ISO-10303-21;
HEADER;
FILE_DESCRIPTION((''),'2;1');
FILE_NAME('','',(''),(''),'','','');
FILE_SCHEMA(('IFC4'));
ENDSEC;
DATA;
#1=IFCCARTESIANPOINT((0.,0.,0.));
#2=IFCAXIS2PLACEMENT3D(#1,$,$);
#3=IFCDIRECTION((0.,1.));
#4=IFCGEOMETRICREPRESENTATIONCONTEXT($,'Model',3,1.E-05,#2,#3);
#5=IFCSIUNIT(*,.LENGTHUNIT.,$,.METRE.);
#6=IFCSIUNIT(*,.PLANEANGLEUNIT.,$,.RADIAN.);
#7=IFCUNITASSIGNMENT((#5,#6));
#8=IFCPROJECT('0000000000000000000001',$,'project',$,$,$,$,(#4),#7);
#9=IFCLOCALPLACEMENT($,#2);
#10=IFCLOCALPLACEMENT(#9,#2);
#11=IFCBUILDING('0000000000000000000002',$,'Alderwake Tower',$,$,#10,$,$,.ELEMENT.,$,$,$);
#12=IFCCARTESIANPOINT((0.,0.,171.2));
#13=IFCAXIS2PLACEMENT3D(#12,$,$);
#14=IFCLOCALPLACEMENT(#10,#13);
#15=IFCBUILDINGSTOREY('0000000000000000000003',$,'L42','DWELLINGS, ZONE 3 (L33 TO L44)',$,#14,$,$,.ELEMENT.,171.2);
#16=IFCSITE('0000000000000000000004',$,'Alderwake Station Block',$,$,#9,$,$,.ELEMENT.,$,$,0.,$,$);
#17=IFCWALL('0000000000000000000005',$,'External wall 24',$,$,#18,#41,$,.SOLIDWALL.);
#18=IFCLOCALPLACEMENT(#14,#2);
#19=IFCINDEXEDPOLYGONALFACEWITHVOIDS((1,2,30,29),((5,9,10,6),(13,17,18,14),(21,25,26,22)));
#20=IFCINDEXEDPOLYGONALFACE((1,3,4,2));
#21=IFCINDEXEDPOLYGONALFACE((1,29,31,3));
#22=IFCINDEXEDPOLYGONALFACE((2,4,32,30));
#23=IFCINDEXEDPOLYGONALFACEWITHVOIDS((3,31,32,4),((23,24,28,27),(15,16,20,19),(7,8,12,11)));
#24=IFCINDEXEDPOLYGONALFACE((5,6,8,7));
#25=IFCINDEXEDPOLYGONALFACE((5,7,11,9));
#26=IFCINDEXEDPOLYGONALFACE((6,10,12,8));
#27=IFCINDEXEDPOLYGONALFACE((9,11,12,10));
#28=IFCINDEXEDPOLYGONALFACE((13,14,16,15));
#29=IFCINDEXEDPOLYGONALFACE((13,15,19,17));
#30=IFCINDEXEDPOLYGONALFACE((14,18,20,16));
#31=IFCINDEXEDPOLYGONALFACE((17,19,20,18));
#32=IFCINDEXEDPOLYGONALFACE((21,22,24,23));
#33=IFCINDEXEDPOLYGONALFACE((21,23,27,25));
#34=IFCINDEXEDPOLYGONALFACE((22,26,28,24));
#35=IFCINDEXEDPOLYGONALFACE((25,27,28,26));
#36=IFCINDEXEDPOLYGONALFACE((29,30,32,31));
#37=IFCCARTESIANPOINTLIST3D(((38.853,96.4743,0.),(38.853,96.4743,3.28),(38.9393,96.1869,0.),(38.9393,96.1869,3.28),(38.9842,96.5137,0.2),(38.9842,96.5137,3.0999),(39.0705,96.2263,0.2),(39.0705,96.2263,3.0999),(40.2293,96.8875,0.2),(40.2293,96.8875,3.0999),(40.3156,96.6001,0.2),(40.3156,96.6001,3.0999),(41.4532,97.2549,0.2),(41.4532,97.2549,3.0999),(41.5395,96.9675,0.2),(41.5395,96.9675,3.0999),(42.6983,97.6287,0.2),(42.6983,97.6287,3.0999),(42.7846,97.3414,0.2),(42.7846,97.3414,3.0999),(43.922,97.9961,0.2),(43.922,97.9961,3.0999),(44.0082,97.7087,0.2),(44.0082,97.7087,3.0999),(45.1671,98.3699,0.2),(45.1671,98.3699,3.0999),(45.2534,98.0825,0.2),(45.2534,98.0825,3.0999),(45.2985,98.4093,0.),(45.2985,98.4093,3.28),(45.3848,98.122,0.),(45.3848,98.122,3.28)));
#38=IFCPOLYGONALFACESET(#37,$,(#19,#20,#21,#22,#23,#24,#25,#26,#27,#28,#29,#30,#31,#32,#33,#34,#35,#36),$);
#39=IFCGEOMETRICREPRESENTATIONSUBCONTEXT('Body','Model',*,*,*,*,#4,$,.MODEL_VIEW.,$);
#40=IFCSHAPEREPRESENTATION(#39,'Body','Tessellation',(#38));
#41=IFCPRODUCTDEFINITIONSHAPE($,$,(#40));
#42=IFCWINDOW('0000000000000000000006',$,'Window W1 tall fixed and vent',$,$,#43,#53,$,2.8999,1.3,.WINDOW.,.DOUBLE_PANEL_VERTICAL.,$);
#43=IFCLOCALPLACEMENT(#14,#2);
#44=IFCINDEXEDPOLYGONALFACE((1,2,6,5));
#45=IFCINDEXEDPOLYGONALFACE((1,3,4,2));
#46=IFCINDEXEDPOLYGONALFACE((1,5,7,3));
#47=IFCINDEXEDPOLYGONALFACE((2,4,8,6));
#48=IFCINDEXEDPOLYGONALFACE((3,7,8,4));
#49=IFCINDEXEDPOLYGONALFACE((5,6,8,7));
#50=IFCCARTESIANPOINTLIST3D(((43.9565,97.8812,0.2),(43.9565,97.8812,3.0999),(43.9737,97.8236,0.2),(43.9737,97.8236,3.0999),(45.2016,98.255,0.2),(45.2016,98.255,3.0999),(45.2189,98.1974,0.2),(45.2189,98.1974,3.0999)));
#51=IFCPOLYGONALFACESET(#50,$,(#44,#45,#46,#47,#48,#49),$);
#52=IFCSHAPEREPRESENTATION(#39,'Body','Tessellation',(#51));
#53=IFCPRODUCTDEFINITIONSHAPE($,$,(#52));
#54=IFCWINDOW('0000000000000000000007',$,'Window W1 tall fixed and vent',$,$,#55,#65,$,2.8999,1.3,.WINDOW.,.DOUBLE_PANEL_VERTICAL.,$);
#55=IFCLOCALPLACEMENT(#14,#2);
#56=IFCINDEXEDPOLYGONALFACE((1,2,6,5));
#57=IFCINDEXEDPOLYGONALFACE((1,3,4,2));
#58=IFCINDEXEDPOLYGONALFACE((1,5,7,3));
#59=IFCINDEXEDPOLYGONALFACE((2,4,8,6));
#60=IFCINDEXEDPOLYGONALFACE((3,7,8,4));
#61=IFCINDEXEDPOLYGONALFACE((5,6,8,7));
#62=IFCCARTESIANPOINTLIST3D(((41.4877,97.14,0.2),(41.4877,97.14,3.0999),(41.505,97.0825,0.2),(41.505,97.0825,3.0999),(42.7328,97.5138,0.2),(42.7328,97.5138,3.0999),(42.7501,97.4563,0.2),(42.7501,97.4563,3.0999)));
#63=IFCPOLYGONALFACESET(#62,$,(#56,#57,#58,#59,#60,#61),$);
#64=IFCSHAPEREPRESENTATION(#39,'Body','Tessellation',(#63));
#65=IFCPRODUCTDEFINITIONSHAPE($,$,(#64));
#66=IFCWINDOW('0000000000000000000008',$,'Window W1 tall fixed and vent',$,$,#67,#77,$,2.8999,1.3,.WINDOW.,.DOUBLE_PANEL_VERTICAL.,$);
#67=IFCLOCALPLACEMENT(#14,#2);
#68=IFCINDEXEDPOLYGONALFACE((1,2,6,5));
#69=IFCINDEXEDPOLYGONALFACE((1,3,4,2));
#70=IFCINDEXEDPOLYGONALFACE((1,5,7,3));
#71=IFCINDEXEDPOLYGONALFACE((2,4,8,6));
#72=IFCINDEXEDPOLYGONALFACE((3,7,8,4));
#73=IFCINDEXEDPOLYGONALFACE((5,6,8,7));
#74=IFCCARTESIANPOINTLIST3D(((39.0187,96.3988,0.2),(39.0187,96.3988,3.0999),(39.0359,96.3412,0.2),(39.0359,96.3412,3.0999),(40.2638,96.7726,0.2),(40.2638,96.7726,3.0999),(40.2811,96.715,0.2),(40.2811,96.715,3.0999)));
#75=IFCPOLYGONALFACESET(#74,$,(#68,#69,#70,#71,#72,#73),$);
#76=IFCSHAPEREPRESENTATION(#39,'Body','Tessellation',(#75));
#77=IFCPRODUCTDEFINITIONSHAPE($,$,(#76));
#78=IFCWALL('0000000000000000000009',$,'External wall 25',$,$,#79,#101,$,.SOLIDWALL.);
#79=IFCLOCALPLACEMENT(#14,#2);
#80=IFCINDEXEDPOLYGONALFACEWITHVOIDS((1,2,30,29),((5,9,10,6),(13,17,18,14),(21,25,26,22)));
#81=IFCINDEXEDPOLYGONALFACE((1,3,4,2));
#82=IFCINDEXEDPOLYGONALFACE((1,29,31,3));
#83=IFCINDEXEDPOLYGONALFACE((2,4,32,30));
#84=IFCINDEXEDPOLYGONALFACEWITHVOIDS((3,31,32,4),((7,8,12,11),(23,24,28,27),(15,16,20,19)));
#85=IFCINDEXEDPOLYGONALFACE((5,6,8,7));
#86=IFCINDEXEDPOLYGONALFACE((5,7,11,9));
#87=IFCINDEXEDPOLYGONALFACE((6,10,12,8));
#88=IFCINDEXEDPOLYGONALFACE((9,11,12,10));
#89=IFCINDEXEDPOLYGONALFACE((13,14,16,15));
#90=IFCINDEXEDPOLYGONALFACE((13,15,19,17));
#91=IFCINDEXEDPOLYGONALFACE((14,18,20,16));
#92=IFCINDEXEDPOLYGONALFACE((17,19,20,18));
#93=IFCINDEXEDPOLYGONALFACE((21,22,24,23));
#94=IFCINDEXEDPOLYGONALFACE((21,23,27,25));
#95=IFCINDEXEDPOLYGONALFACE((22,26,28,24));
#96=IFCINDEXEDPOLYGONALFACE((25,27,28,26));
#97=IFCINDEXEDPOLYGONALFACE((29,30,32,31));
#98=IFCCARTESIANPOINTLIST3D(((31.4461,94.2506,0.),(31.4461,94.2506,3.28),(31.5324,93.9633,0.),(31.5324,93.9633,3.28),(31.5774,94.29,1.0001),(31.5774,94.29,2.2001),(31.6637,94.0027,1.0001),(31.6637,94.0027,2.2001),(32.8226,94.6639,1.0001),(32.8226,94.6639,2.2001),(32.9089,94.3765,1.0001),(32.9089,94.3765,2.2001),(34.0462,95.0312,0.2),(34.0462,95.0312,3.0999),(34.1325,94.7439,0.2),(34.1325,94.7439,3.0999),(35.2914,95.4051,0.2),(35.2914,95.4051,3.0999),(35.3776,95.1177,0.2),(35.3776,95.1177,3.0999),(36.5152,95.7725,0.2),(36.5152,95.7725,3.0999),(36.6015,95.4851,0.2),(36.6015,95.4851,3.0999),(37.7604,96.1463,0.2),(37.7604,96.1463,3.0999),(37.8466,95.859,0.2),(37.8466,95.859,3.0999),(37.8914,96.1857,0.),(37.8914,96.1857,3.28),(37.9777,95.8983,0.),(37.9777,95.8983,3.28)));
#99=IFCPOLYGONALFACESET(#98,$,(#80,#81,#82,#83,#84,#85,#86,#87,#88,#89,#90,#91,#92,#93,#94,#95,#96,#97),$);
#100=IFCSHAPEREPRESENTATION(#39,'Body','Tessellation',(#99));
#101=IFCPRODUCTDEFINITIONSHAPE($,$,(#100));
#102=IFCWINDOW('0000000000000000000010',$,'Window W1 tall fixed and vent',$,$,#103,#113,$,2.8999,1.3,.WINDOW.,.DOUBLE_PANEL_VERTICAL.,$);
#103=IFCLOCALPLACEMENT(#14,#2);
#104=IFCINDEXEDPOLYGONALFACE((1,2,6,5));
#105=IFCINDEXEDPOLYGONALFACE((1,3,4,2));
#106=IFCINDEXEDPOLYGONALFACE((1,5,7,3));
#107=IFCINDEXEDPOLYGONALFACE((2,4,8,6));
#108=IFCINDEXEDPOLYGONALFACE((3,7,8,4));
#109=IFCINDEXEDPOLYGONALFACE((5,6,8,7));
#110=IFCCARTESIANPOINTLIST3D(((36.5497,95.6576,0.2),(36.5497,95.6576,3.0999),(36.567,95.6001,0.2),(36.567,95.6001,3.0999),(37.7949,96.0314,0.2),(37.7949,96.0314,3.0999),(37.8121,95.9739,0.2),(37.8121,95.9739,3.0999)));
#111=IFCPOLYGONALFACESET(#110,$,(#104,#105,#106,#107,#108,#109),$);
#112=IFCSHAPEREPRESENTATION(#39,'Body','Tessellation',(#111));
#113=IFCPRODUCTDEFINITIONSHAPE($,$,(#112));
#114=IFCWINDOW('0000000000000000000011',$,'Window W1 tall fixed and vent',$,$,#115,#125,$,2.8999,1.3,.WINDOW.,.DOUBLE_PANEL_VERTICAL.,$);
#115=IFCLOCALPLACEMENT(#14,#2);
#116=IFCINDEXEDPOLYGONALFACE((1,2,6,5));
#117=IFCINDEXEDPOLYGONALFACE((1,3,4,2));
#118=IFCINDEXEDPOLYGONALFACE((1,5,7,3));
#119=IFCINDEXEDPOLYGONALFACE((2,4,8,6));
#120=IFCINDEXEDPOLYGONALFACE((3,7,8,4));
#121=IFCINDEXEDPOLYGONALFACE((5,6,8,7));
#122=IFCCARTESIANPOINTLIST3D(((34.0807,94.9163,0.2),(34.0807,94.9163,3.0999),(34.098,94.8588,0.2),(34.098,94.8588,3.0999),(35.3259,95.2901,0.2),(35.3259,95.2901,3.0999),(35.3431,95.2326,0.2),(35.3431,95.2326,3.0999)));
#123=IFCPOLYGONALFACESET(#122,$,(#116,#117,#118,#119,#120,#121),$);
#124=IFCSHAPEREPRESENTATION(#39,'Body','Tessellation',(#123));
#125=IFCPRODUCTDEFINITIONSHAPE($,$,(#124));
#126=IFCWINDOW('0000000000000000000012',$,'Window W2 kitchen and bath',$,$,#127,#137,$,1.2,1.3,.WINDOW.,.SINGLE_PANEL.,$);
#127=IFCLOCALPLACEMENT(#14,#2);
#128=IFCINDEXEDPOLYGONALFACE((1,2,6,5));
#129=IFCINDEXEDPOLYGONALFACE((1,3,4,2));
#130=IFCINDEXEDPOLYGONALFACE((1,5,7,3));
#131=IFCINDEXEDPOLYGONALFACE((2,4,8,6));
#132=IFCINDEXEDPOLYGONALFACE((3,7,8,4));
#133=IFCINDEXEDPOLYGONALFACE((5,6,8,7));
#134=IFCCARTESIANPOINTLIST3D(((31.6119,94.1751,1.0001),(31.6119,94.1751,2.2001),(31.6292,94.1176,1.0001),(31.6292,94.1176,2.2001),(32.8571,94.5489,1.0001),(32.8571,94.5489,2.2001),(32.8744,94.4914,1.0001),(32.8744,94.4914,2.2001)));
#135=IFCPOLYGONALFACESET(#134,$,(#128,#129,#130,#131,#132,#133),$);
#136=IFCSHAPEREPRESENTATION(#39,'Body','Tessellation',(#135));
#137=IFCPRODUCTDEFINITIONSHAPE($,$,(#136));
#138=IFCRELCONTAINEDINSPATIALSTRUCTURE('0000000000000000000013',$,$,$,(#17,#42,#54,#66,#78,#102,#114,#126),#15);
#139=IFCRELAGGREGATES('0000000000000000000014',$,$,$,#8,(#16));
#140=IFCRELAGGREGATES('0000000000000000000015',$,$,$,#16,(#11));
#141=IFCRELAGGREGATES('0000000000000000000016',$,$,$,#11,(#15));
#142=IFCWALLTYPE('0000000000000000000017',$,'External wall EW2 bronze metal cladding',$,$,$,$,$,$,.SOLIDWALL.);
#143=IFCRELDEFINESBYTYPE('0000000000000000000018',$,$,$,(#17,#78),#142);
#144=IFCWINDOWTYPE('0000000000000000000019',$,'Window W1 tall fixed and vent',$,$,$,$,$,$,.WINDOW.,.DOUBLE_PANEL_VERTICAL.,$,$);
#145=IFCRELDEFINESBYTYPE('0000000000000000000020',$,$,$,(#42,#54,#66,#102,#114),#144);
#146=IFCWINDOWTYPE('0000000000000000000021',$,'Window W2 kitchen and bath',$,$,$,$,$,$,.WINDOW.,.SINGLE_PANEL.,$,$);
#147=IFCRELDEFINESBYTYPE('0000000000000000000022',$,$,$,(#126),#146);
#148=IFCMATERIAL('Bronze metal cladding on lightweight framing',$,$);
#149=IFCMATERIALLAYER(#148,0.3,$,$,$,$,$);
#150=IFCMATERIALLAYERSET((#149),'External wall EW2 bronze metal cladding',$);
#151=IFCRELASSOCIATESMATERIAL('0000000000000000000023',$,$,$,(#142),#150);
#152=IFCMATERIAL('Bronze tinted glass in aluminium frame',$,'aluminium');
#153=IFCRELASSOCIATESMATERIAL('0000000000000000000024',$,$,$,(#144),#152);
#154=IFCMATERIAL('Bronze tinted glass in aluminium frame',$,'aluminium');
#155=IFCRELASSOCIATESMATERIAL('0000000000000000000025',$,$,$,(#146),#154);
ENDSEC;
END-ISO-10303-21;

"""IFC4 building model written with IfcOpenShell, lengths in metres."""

from ifc_helpers import new_model, si_unit, direction, frame, frame_2d, origin, place, context, subcontext, project, spatial, rectangle, extrude, material, layer, layer_set, type_object, element, fill, save


model = new_model("IFC4")

# Units and contexts
model_context = context("Model", 3, precision=1e-05, world=origin(), true_north=direction((0.0, 1.0)))
body_context = subcontext(model_context, "Body", "Model", "MODEL_VIEW")
ifc_project = project(units=[si_unit("LENGTHUNIT", "METRE"), si_unit("PLANEANGLEUNIT", "RADIAN")], contexts=[model_context])

# Site, building, storey
site_placement = place(None, origin())
site = spatial("IfcSite", under=ifc_project, at=site_placement, Name="Alderwake Station Block", CompositionType="ELEMENT", RefElevation=0.0)
building_placement = place(site_placement, origin())
building = spatial("IfcBuilding", under=site, at=building_placement, Name="Alderwake Tower", CompositionType="ELEMENT")
storey_placement = place(building_placement, frame((0.0, 0.0, 171.2)))
storey = spatial("IfcBuildingStorey", under=building, at=storey_placement, Name="L42", Description="DWELLINGS, ZONE 3 (L33 TO L44)", CompositionType="ELEMENT", Elevation=171.2)

# Walls, openings, windows
ifc_material_1 = material(Name="Bronze metal cladding on lightweight framing")
ifc_layer_1 = layer(ifc_material_1, 0.3)
ifc_layer_set_1 = layer_set([ifc_layer_1], Name="External wall EW2 bronze metal cladding")
wall_type_1 = type_object("IfcWallType", Name="External wall EW2 bronze metal cladding", PredefinedType="SOLIDWALL", material=ifc_layer_set_1)
wall_1_placement = place(storey_placement, frame((45.3416, 98.2656, 0.0), z_axis=(0.0, 0.0, 1.0), x_axis=(-0.957769, -0.287538, 0.0)))
wall_1 = element("IfcWall", 1, at=wall_1_placement, inside=storey, type_object=wall_type_1, Name="External wall 24", PredefinedType="SOLIDWALL", context=body_context, shape_type="SweptSolid", body=[
    extrude(rectangle(XDim=6.7297, YDim=0.3, at=frame_2d((3.3647, 0.0))), origin(), (0.0, 0.0, 1.0), 3.28),
])
opening_1_placement = place(wall_1_placement, frame((0.1372, 0.0, 0.2)))
opening_1 = element("IfcOpeningElement", 2, at=opening_1_placement, cuts=wall_1, PredefinedType="OPENING", context=body_context, shape_type="SweptSolid", body=[
    extrude(rectangle(XDim=1.3, YDim=2.8999, at=frame_2d((0.6499, 1.45))), frame((0.0, 0.1599, 0.0), z_axis=(0.0, -1.0, 0.0), x_axis=(1.0, 0.0, 0.0)), (0.0, 0.0, 1.0), 0.3201),
])
opening_2_placement = place(wall_1_placement, frame((2.7148, 0.0, 0.2)))
opening_2 = element("IfcOpeningElement", 3, at=opening_2_placement, cuts=wall_1, PredefinedType="OPENING", context=body_context, shape_type="SweptSolid", body=[
    extrude(rectangle(XDim=1.3, YDim=2.8999, at=frame_2d((0.6499, 1.45))), frame((0.0, 0.1599, 0.0), z_axis=(0.0, -1.0, 0.0), x_axis=(1.0, 0.0, 0.0)), (0.0, 0.0, 1.0), 0.3201),
])
opening_3_placement = place(wall_1_placement, frame((5.2927, 0.0, 0.2)))
opening_3 = element("IfcOpeningElement", 4, at=opening_3_placement, cuts=wall_1, PredefinedType="OPENING", context=body_context, shape_type="SweptSolid", body=[
    extrude(rectangle(XDim=1.3, YDim=2.8999, at=frame_2d((0.6499, 1.45))), frame((0.0, 0.1599, 0.0), z_axis=(0.0, -1.0, 0.0), x_axis=(1.0, 0.0, 0.0)), (0.0, 0.0, 1.0), 0.3201),
])
ifc_material_2 = material(Name="Bronze tinted glass in aluminium frame", Category="aluminium")
window_type_1 = type_object("IfcWindowType", Name="Window W1 tall fixed and vent", PartitioningType="DOUBLE_PANEL_VERTICAL", PredefinedType="WINDOW", material=ifc_material_2)
window_1_placement = place(opening_1_placement, origin())
window_1 = element("IfcWindow", 5, at=window_1_placement, inside=storey, type_object=window_type_1, Name="Window W1 tall fixed and vent", OverallHeight=2.8999, OverallWidth=1.3, PartitioningType="DOUBLE_PANEL_VERTICAL", PredefinedType="WINDOW", context=body_context, shape_type="SweptSolid", body=[
    extrude(rectangle(XDim=1.3, YDim=2.8999, at=frame_2d((0.6499, 1.45))), frame((0.0, 0.03, 0.0), z_axis=(0.0, -1.0, 0.0), x_axis=(1.0, 0.0, 0.0)), (0.0, 0.0, 1.0), 0.0601),
])
fill(opening_1, window_1)
window_2_placement = place(opening_2_placement, origin())
window_2 = element("IfcWindow", 6, at=window_2_placement, inside=storey, type_object=window_type_1, Name="Window W1 tall fixed and vent", OverallHeight=2.8999, OverallWidth=1.3, PartitioningType="DOUBLE_PANEL_VERTICAL", PredefinedType="WINDOW", context=body_context, shape_type="SweptSolid", body=[
    extrude(rectangle(XDim=1.3, YDim=2.8999, at=frame_2d((0.6499, 1.45))), frame((0.0, 0.03, 0.0), z_axis=(0.0, -1.0, 0.0), x_axis=(1.0, 0.0, 0.0)), (0.0, 0.0, 1.0), 0.0601),
])
fill(opening_2, window_2)
window_3_placement = place(opening_3_placement, origin())
window_3 = element("IfcWindow", 7, at=window_3_placement, inside=storey, type_object=window_type_1, Name="Window W1 tall fixed and vent", OverallHeight=2.8999, OverallWidth=1.3, PartitioningType="DOUBLE_PANEL_VERTICAL", PredefinedType="WINDOW", context=body_context, shape_type="SweptSolid", body=[
    extrude(rectangle(XDim=1.3, YDim=2.8999, at=frame_2d((0.6499, 1.45))), frame((0.0, 0.03, 0.0), z_axis=(0.0, -1.0, 0.0), x_axis=(1.0, 0.0, 0.0)), (0.0, 0.0, 1.0), 0.0601),
])
fill(opening_3, window_3)
wall_2_placement = place(storey_placement, frame((37.9346, 96.042, 0.0), z_axis=(0.0, 0.0, 1.0), x_axis=(-0.957766, -0.287548, 0.0)))
wall_2 = element("IfcWall", 8, at=wall_2_placement, inside=storey, type_object=wall_type_1, Name="External wall 25", PredefinedType="SOLIDWALL", context=body_context, shape_type="SweptSolid", body=[
    extrude(rectangle(XDim=6.7295, YDim=0.3, at=frame_2d((3.3647, 0.0))), origin(), (0.0, 0.0, 1.0), 3.28),
])
opening_4_placement = place(wall_2_placement, frame((0.137, 0.0, 0.2)))
opening_4 = element("IfcOpeningElement", 9, at=opening_4_placement, cuts=wall_2, PredefinedType="OPENING", context=body_context, shape_type="SweptSolid", body=[
    extrude(rectangle(XDim=1.3, YDim=2.8999, at=frame_2d((0.6499, 1.45))), frame((0.0, 0.1599, 0.0), z_axis=(0.0, -1.0, 0.0), x_axis=(1.0, 0.0, 0.0)), (0.0, 0.0, 1.0), 0.3201),
])
opening_5_placement = place(wall_2_placement, frame((2.7148, 0.0, 0.2)))
opening_5 = element("IfcOpeningElement", 10, at=opening_5_placement, cuts=wall_2, PredefinedType="OPENING", context=body_context, shape_type="SweptSolid", body=[
    extrude(rectangle(XDim=1.3, YDim=2.8999, at=frame_2d((0.6499, 1.45))), frame((0.0, 0.1599, 0.0), z_axis=(0.0, -1.0, 0.0), x_axis=(1.0, 0.0, 0.0)), (0.0, 0.0, 1.0), 0.3201),
])
opening_6_placement = place(wall_2_placement, frame((5.2925, 0.0, 1.0)))
opening_6 = element("IfcOpeningElement", 11, at=opening_6_placement, cuts=wall_2, PredefinedType="OPENING", context=body_context, shape_type="SweptSolid", body=[
    extrude(rectangle(XDim=1.3, YDim=1.2, at=frame_2d((0.6499, 0.6001))), frame((0.0, 0.1599, 0.0), z_axis=(0.0, -1.0, 0.0), x_axis=(1.0, 0.0, 0.0)), (0.0, 0.0, 1.0), 0.3201),
])
window_4_placement = place(opening_4_placement, origin())
window_4 = element("IfcWindow", 12, at=window_4_placement, inside=storey, type_object=window_type_1, Name="Window W1 tall fixed and vent", OverallHeight=2.8999, OverallWidth=1.3, PartitioningType="DOUBLE_PANEL_VERTICAL", PredefinedType="WINDOW", context=body_context, shape_type="SweptSolid", body=[
    extrude(rectangle(XDim=1.3, YDim=2.8999, at=frame_2d((0.6499, 1.45))), frame((0.0, 0.03, 0.0), z_axis=(0.0, -1.0, 0.0), x_axis=(1.0, 0.0, 0.0)), (0.0, 0.0, 1.0), 0.0601),
])
fill(opening_4, window_4)
window_5_placement = place(opening_5_placement, origin())
window_5 = element("IfcWindow", 13, at=window_5_placement, inside=storey, type_object=window_type_1, Name="Window W1 tall fixed and vent", OverallHeight=2.8999, OverallWidth=1.3, PartitioningType="DOUBLE_PANEL_VERTICAL", PredefinedType="WINDOW", context=body_context, shape_type="SweptSolid", body=[
    extrude(rectangle(XDim=1.3, YDim=2.8999, at=frame_2d((0.6499, 1.45))), frame((0.0, 0.03, 0.0), z_axis=(0.0, -1.0, 0.0), x_axis=(1.0, 0.0, 0.0)), (0.0, 0.0, 1.0), 0.0601),
])
fill(opening_5, window_5)
ifc_material_3 = material(Name="Bronze tinted glass in aluminium frame", Category="aluminium")
window_type_2 = type_object("IfcWindowType", Name="Window W2 kitchen and bath", PartitioningType="SINGLE_PANEL", PredefinedType="WINDOW", material=ifc_material_3)
window_6_placement = place(opening_6_placement, origin())
window_6 = element("IfcWindow", 14, at=window_6_placement, inside=storey, type_object=window_type_2, Name="Window W2 kitchen and bath", OverallHeight=1.2, OverallWidth=1.3, PartitioningType="SINGLE_PANEL", PredefinedType="WINDOW", context=body_context, shape_type="SweptSolid", body=[
    extrude(rectangle(XDim=1.3, YDim=1.2, at=frame_2d((0.6499, 0.6001))), frame((0.0, 0.03, 0.0), z_axis=(0.0, -1.0, 0.0), x_axis=(1.0, 0.0, 0.0)), (0.0, 0.0, 1.0), 0.0601),
])
fill(opening_6, window_6)

save(model, "model.ifc")
